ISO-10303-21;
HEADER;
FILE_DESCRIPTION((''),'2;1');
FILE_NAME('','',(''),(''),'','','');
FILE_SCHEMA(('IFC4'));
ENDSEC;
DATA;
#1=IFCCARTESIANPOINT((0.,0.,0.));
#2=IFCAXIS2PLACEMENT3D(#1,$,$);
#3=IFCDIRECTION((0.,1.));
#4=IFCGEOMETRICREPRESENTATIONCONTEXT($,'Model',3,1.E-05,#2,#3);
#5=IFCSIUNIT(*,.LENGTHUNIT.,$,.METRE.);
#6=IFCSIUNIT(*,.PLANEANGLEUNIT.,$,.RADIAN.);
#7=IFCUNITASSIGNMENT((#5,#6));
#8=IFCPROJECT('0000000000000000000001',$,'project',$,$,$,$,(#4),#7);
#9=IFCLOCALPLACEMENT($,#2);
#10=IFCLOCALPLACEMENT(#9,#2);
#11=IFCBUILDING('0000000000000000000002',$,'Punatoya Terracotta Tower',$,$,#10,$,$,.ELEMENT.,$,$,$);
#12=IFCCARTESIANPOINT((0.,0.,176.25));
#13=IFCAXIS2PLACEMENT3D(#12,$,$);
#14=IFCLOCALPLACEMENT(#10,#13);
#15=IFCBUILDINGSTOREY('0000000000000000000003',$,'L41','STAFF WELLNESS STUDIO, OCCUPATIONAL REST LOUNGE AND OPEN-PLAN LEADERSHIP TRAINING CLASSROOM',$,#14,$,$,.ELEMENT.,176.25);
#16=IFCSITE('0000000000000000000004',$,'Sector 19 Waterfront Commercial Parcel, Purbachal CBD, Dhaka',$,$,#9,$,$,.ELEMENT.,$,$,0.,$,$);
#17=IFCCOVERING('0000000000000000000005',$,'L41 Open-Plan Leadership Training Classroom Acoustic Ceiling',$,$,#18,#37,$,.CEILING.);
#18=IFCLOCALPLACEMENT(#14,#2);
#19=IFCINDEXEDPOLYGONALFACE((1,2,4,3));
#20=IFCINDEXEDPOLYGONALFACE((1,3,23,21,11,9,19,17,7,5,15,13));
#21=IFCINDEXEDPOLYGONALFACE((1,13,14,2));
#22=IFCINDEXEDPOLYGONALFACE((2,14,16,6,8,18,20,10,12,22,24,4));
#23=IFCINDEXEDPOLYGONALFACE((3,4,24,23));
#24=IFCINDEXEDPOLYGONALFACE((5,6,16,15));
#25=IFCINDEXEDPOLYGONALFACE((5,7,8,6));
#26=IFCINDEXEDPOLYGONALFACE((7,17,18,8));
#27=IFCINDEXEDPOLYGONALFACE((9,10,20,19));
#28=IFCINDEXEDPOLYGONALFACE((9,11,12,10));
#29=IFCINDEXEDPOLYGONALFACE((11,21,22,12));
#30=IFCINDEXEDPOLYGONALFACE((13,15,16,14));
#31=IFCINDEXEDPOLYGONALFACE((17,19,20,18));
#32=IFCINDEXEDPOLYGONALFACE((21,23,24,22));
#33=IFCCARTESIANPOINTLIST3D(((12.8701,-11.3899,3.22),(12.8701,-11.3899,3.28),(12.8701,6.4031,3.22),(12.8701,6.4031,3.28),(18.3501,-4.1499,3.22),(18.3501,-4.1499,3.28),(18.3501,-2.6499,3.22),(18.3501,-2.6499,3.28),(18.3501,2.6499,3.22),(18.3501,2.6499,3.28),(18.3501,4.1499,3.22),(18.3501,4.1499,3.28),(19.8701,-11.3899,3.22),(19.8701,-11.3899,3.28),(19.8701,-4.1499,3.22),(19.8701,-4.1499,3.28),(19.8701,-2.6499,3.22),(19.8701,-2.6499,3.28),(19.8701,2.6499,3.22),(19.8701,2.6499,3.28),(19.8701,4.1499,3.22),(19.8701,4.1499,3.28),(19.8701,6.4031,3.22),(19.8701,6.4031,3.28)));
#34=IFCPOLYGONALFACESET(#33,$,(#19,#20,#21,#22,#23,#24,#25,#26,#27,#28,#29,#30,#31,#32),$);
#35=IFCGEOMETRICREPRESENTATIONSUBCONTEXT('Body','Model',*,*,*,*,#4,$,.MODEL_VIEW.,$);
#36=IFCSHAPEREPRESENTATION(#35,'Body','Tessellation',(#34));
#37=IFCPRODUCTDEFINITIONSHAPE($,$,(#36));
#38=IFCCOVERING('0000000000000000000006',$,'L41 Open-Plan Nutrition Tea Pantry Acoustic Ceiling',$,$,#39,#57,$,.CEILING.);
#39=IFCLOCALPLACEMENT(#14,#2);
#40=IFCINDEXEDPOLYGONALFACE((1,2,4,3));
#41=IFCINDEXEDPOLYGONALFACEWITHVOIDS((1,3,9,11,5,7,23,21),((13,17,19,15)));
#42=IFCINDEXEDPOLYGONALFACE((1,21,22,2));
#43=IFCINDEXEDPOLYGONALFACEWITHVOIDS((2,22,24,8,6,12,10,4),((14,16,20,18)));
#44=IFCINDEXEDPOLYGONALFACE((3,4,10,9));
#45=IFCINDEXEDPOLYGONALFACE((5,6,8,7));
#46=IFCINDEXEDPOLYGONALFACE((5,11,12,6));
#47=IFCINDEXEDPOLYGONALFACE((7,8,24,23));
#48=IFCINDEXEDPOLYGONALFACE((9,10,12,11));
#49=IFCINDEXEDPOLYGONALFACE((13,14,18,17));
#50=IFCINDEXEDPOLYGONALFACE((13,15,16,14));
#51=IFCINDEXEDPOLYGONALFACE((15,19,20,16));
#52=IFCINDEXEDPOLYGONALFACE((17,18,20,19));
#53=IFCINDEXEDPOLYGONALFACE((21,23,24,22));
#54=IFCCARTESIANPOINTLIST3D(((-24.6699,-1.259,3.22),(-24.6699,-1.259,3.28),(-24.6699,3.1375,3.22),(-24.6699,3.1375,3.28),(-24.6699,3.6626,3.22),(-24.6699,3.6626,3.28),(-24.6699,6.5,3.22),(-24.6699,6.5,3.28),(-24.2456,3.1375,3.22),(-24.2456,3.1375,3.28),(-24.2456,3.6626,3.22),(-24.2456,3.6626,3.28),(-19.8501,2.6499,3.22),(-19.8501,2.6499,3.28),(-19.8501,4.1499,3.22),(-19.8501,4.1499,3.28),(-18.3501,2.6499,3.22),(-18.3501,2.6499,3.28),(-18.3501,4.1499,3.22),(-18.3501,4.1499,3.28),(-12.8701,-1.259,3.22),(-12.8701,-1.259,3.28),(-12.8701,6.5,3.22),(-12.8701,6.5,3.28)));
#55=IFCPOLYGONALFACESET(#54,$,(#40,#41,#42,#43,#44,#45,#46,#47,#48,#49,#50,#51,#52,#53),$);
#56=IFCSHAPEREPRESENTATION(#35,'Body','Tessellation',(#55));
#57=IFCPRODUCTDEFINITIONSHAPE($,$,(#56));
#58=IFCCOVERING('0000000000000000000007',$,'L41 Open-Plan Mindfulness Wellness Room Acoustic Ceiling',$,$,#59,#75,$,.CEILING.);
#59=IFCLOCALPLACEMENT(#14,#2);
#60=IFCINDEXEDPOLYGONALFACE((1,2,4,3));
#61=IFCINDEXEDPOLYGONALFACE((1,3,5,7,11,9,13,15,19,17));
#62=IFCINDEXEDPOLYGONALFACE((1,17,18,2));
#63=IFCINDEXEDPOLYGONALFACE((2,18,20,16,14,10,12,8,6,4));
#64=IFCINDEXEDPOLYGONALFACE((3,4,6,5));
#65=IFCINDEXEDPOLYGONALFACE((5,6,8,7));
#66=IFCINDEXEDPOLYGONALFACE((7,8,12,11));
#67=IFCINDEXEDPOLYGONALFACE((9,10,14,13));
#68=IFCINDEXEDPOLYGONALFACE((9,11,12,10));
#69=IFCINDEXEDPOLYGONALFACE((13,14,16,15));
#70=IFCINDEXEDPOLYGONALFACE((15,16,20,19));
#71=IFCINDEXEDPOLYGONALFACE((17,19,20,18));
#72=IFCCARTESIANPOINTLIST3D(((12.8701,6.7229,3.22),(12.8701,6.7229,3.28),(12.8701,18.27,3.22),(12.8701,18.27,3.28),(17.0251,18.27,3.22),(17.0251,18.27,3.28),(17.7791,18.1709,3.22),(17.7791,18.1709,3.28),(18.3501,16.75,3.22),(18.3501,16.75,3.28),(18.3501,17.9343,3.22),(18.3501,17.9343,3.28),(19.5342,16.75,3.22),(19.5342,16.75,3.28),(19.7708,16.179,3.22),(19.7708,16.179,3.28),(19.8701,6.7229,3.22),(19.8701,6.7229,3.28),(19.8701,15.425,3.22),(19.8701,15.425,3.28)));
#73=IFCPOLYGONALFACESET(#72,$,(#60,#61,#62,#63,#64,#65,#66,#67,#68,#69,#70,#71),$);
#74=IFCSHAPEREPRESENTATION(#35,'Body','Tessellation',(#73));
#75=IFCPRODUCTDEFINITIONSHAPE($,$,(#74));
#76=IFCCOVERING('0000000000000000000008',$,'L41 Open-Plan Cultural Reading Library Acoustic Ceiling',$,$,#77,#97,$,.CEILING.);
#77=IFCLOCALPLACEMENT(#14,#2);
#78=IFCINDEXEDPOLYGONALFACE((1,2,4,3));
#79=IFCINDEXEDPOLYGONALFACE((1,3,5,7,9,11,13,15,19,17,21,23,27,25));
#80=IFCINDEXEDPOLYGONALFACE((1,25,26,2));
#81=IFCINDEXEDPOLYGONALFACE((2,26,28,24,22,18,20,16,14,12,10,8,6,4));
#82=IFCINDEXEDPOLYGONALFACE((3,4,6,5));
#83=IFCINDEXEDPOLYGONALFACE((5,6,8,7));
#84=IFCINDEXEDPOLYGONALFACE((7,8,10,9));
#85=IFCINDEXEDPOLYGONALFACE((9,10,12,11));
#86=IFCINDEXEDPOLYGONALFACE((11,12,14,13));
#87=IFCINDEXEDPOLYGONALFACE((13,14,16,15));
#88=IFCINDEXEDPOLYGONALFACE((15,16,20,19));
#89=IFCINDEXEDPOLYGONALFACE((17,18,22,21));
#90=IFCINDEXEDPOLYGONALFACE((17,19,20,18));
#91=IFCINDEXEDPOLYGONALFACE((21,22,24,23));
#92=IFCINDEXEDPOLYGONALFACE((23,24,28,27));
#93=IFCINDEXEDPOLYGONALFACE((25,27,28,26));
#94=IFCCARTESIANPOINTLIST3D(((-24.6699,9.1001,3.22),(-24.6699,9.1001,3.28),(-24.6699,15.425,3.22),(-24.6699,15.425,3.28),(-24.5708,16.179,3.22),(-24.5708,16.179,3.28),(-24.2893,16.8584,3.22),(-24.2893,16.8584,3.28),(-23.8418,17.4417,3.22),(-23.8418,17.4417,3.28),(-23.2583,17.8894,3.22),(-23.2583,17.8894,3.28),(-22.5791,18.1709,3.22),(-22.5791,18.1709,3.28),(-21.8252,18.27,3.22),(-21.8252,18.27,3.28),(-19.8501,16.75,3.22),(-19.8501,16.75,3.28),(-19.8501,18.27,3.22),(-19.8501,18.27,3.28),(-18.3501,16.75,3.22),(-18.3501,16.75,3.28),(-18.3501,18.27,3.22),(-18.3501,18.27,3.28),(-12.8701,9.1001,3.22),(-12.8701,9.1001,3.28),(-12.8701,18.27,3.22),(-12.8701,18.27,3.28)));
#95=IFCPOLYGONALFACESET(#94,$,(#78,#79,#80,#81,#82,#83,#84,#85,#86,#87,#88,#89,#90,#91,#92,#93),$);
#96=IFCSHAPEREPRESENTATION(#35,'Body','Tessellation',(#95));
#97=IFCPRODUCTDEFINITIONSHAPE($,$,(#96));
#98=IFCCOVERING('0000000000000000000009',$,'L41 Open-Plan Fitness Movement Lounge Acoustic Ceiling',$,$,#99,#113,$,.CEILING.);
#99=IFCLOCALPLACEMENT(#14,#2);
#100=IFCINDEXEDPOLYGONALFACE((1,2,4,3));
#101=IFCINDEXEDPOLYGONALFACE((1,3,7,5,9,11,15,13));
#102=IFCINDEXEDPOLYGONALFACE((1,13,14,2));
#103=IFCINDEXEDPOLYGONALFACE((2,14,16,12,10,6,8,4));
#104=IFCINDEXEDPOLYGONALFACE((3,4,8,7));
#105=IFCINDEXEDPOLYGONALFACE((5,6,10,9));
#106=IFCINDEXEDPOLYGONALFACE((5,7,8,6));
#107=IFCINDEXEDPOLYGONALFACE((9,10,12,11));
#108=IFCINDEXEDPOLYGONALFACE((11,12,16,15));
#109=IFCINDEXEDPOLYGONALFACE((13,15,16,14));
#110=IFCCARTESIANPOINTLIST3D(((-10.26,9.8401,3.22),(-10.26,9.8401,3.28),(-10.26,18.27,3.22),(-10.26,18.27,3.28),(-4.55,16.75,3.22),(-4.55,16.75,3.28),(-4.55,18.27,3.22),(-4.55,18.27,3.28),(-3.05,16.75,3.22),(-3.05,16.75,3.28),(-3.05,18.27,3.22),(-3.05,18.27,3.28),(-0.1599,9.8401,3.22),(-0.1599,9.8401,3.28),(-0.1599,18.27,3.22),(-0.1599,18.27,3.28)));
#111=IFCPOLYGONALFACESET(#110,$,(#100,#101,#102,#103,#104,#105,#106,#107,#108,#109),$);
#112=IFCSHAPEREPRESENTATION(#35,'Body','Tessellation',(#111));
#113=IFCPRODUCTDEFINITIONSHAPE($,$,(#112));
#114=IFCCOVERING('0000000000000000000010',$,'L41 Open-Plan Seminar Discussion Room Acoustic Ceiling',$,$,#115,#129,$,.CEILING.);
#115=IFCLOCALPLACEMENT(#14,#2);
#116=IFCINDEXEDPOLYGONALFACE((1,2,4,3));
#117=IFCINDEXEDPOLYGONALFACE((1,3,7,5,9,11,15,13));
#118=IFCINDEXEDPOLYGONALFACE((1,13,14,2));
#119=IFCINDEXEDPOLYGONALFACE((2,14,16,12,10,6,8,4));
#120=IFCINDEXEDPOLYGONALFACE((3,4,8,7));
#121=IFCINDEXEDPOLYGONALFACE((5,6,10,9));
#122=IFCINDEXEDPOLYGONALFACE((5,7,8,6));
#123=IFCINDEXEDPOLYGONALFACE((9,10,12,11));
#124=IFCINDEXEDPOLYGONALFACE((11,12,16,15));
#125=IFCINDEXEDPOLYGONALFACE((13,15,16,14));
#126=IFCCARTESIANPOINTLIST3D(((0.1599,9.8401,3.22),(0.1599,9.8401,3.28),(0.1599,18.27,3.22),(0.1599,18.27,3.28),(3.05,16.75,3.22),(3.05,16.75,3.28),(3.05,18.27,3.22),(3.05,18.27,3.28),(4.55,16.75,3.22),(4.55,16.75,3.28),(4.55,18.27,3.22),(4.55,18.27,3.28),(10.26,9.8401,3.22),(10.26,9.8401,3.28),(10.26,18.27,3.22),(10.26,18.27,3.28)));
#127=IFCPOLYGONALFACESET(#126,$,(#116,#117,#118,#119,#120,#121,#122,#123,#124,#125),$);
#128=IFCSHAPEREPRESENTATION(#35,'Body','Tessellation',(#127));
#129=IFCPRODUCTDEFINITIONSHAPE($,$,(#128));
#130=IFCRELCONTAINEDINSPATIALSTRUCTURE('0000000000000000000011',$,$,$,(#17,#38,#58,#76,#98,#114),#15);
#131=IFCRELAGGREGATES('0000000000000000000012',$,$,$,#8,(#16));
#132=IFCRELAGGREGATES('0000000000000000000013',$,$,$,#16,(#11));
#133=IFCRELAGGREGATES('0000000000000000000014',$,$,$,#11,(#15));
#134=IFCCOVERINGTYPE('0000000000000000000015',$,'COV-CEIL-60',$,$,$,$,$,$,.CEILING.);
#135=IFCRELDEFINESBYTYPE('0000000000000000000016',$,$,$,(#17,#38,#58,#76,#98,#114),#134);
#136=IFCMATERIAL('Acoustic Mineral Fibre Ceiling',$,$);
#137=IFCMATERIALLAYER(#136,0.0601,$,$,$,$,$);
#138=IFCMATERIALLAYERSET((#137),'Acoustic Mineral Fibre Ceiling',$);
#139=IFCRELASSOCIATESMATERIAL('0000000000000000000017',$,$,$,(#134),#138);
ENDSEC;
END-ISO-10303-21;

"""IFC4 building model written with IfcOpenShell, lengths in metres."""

from ifc_helpers import new_model, si_unit, direction, frame, origin, place, context, subcontext, project, spatial, polyline, outline, extrude, material, layer, layer_set, type_object, element, save


model = new_model("IFC4")

# Units and contexts
model_context = context("Model", 3, precision=1e-05, world=origin(), true_north=direction((0.0, 1.0)))
body_context = subcontext(model_context, "Body", "Model", "MODEL_VIEW")
ifc_project = project(units=[si_unit("LENGTHUNIT", "METRE"), si_unit("PLANEANGLEUNIT", "RADIAN")], contexts=[model_context])

# Site, building, storey
site_placement = place(None, origin())
site = spatial("IfcSite", under=ifc_project, at=site_placement, Name="Sector 19 Waterfront Commercial Parcel, Purbachal CBD, Dhaka", CompositionType="ELEMENT", RefElevation=0.0)
building_placement = place(site_placement, origin())
building = spatial("IfcBuilding", under=site, at=building_placement, Name="Punatoya Terracotta Tower", CompositionType="ELEMENT")
storey_placement = place(building_placement, frame((0.0, 0.0, 176.25)))
storey = spatial("IfcBuildingStorey", under=building, at=storey_placement, Name="L41", Description="STAFF WELLNESS STUDIO, OCCUPATIONAL REST LOUNGE AND OPEN-PLAN LEADERSHIP TRAINING CLASSROOM", CompositionType="ELEMENT", Elevation=176.25)

# Coverings
ifc_material_1 = material(Name="Acoustic Mineral Fibre Ceiling")
ifc_layer_1 = layer(ifc_material_1, 0.0601)
ifc_layer_set_1 = layer_set([ifc_layer_1], Name="Acoustic Mineral Fibre Ceiling")
covering_type = type_object("IfcCoveringType", Name="COV-CEIL-60", PredefinedType="CEILING", material=ifc_layer_set_1)
covering_1_placement = place(storey_placement, frame((0.0, 0.0, 3.22)))
element("IfcCovering", 1, at=covering_1_placement, inside=storey, type_object=covering_type, Name="L41 Open-Plan Leadership Training Classroom Acoustic Ceiling", PredefinedType="CEILING", context=body_context, shape_type="SweptSolid", body=[
    extrude(outline(polyline([(12.8701, 6.4031), (12.8701, -11.3899), (19.8701, -11.3899), (19.8701, -4.1499), (18.3501, -4.1499), (18.3501, -2.6499), (19.8701, -2.6499), (19.8701, 2.6499), (18.3501, 2.6499), (18.3501, 4.1499), (19.8701, 4.1499), (19.8701, 6.4031), (12.8701, 6.4031)])), origin(), (0.0, 0.0, 1.0), 0.0601),
])
covering_2_placement = place(storey_placement, frame((0.0, 0.0, 3.22)))
element("IfcCovering", 2, at=covering_2_placement, inside=storey, type_object=covering_type, Name="L41 Open-Plan Nutrition Tea Pantry Acoustic Ceiling", PredefinedType="CEILING", context=body_context, shape_type="SweptSolid", body=[
    extrude(outline(polyline([(-24.6699, 3.1375), (-24.6699, -1.259), (-12.8701, -1.259), (-12.8701, 6.5), (-24.6699, 6.5), (-24.6699, 3.6626), (-24.2456, 3.6626), (-24.2456, 3.1375), (-24.6699, 3.1375)]), holes=[polyline([(-18.3501, 4.1499), (-18.3501, 2.6499), (-19.8501, 2.6499), (-19.8501, 4.1499), (-18.3501, 4.1499)])]), origin(), (0.0, 0.0, 1.0), 0.0601),
])
covering_3_placement = place(storey_placement, frame((0.0, 0.0, 3.22)))
element("IfcCovering", 3, at=covering_3_placement, inside=storey, type_object=covering_type, Name="L41 Open-Plan Mindfulness Wellness Room Acoustic Ceiling", PredefinedType="CEILING", context=body_context, shape_type="SweptSolid", body=[
    extrude(outline(polyline([(12.8701, 18.27), (12.8701, 6.7229), (19.8701, 6.7229), (19.8701, 15.425), (19.7708, 16.179), (19.5342, 16.75), (18.3501, 16.75), (18.3501, 17.9343), (17.7791, 18.1709), (17.0251, 18.27), (12.8701, 18.27)])), origin(), (0.0, 0.0, 1.0), 0.0601),
])
covering_4_placement = place(storey_placement, frame((0.0, 0.0, 3.22)))
element("IfcCovering", 4, at=covering_4_placement, inside=storey, type_object=covering_type, Name="L41 Open-Plan Cultural Reading Library Acoustic Ceiling", PredefinedType="CEILING", context=body_context, shape_type="SweptSolid", body=[
    extrude(outline(polyline([(-24.5708, 16.179), (-24.6699, 15.425), (-24.6699, 9.1001), (-12.8701, 9.1001), (-12.8701, 18.27), (-18.3501, 18.27), (-18.3501, 16.75), (-19.8501, 16.75), (-19.8501, 18.27), (-21.8252, 18.27), (-22.5791, 18.1709), (-23.2583, 17.8894), (-23.8418, 17.4417), (-24.2893, 16.8584), (-24.5708, 16.179)])), origin(), (0.0, 0.0, 1.0), 0.0601),
])
covering_5_placement = place(storey_placement, frame((0.0, 0.0, 3.22)))
element("IfcCovering", 5, at=covering_5_placement, inside=storey, type_object=covering_type, Name="L41 Open-Plan Fitness Movement Lounge Acoustic Ceiling", PredefinedType="CEILING", context=body_context, shape_type="SweptSolid", body=[
    extrude(outline(polyline([(-10.26, 18.27), (-10.26, 9.8401), (-0.1599, 9.8401), (-0.1599, 18.27), (-3.05, 18.27), (-3.05, 16.75), (-4.55, 16.75), (-4.55, 18.27), (-10.26, 18.27)])), origin(), (0.0, 0.0, 1.0), 0.0601),
])
covering_6_placement = place(storey_placement, frame((0.0, 0.0, 3.22)))
element("IfcCovering", 6, at=covering_6_placement, inside=storey, type_object=covering_type, Name="L41 Open-Plan Seminar Discussion Room Acoustic Ceiling", PredefinedType="CEILING", context=body_context, shape_type="SweptSolid", body=[
    extrude(outline(polyline([(3.05, 18.27), (0.1599, 18.27), (0.1599, 9.8401), (10.26, 9.8401), (10.26, 18.27), (4.55, 18.27), (4.55, 16.75), (3.05, 16.75), (3.05, 18.27)])), origin(), (0.0, 0.0, 1.0), 0.0601),
])

save(model, "model.ifc")
